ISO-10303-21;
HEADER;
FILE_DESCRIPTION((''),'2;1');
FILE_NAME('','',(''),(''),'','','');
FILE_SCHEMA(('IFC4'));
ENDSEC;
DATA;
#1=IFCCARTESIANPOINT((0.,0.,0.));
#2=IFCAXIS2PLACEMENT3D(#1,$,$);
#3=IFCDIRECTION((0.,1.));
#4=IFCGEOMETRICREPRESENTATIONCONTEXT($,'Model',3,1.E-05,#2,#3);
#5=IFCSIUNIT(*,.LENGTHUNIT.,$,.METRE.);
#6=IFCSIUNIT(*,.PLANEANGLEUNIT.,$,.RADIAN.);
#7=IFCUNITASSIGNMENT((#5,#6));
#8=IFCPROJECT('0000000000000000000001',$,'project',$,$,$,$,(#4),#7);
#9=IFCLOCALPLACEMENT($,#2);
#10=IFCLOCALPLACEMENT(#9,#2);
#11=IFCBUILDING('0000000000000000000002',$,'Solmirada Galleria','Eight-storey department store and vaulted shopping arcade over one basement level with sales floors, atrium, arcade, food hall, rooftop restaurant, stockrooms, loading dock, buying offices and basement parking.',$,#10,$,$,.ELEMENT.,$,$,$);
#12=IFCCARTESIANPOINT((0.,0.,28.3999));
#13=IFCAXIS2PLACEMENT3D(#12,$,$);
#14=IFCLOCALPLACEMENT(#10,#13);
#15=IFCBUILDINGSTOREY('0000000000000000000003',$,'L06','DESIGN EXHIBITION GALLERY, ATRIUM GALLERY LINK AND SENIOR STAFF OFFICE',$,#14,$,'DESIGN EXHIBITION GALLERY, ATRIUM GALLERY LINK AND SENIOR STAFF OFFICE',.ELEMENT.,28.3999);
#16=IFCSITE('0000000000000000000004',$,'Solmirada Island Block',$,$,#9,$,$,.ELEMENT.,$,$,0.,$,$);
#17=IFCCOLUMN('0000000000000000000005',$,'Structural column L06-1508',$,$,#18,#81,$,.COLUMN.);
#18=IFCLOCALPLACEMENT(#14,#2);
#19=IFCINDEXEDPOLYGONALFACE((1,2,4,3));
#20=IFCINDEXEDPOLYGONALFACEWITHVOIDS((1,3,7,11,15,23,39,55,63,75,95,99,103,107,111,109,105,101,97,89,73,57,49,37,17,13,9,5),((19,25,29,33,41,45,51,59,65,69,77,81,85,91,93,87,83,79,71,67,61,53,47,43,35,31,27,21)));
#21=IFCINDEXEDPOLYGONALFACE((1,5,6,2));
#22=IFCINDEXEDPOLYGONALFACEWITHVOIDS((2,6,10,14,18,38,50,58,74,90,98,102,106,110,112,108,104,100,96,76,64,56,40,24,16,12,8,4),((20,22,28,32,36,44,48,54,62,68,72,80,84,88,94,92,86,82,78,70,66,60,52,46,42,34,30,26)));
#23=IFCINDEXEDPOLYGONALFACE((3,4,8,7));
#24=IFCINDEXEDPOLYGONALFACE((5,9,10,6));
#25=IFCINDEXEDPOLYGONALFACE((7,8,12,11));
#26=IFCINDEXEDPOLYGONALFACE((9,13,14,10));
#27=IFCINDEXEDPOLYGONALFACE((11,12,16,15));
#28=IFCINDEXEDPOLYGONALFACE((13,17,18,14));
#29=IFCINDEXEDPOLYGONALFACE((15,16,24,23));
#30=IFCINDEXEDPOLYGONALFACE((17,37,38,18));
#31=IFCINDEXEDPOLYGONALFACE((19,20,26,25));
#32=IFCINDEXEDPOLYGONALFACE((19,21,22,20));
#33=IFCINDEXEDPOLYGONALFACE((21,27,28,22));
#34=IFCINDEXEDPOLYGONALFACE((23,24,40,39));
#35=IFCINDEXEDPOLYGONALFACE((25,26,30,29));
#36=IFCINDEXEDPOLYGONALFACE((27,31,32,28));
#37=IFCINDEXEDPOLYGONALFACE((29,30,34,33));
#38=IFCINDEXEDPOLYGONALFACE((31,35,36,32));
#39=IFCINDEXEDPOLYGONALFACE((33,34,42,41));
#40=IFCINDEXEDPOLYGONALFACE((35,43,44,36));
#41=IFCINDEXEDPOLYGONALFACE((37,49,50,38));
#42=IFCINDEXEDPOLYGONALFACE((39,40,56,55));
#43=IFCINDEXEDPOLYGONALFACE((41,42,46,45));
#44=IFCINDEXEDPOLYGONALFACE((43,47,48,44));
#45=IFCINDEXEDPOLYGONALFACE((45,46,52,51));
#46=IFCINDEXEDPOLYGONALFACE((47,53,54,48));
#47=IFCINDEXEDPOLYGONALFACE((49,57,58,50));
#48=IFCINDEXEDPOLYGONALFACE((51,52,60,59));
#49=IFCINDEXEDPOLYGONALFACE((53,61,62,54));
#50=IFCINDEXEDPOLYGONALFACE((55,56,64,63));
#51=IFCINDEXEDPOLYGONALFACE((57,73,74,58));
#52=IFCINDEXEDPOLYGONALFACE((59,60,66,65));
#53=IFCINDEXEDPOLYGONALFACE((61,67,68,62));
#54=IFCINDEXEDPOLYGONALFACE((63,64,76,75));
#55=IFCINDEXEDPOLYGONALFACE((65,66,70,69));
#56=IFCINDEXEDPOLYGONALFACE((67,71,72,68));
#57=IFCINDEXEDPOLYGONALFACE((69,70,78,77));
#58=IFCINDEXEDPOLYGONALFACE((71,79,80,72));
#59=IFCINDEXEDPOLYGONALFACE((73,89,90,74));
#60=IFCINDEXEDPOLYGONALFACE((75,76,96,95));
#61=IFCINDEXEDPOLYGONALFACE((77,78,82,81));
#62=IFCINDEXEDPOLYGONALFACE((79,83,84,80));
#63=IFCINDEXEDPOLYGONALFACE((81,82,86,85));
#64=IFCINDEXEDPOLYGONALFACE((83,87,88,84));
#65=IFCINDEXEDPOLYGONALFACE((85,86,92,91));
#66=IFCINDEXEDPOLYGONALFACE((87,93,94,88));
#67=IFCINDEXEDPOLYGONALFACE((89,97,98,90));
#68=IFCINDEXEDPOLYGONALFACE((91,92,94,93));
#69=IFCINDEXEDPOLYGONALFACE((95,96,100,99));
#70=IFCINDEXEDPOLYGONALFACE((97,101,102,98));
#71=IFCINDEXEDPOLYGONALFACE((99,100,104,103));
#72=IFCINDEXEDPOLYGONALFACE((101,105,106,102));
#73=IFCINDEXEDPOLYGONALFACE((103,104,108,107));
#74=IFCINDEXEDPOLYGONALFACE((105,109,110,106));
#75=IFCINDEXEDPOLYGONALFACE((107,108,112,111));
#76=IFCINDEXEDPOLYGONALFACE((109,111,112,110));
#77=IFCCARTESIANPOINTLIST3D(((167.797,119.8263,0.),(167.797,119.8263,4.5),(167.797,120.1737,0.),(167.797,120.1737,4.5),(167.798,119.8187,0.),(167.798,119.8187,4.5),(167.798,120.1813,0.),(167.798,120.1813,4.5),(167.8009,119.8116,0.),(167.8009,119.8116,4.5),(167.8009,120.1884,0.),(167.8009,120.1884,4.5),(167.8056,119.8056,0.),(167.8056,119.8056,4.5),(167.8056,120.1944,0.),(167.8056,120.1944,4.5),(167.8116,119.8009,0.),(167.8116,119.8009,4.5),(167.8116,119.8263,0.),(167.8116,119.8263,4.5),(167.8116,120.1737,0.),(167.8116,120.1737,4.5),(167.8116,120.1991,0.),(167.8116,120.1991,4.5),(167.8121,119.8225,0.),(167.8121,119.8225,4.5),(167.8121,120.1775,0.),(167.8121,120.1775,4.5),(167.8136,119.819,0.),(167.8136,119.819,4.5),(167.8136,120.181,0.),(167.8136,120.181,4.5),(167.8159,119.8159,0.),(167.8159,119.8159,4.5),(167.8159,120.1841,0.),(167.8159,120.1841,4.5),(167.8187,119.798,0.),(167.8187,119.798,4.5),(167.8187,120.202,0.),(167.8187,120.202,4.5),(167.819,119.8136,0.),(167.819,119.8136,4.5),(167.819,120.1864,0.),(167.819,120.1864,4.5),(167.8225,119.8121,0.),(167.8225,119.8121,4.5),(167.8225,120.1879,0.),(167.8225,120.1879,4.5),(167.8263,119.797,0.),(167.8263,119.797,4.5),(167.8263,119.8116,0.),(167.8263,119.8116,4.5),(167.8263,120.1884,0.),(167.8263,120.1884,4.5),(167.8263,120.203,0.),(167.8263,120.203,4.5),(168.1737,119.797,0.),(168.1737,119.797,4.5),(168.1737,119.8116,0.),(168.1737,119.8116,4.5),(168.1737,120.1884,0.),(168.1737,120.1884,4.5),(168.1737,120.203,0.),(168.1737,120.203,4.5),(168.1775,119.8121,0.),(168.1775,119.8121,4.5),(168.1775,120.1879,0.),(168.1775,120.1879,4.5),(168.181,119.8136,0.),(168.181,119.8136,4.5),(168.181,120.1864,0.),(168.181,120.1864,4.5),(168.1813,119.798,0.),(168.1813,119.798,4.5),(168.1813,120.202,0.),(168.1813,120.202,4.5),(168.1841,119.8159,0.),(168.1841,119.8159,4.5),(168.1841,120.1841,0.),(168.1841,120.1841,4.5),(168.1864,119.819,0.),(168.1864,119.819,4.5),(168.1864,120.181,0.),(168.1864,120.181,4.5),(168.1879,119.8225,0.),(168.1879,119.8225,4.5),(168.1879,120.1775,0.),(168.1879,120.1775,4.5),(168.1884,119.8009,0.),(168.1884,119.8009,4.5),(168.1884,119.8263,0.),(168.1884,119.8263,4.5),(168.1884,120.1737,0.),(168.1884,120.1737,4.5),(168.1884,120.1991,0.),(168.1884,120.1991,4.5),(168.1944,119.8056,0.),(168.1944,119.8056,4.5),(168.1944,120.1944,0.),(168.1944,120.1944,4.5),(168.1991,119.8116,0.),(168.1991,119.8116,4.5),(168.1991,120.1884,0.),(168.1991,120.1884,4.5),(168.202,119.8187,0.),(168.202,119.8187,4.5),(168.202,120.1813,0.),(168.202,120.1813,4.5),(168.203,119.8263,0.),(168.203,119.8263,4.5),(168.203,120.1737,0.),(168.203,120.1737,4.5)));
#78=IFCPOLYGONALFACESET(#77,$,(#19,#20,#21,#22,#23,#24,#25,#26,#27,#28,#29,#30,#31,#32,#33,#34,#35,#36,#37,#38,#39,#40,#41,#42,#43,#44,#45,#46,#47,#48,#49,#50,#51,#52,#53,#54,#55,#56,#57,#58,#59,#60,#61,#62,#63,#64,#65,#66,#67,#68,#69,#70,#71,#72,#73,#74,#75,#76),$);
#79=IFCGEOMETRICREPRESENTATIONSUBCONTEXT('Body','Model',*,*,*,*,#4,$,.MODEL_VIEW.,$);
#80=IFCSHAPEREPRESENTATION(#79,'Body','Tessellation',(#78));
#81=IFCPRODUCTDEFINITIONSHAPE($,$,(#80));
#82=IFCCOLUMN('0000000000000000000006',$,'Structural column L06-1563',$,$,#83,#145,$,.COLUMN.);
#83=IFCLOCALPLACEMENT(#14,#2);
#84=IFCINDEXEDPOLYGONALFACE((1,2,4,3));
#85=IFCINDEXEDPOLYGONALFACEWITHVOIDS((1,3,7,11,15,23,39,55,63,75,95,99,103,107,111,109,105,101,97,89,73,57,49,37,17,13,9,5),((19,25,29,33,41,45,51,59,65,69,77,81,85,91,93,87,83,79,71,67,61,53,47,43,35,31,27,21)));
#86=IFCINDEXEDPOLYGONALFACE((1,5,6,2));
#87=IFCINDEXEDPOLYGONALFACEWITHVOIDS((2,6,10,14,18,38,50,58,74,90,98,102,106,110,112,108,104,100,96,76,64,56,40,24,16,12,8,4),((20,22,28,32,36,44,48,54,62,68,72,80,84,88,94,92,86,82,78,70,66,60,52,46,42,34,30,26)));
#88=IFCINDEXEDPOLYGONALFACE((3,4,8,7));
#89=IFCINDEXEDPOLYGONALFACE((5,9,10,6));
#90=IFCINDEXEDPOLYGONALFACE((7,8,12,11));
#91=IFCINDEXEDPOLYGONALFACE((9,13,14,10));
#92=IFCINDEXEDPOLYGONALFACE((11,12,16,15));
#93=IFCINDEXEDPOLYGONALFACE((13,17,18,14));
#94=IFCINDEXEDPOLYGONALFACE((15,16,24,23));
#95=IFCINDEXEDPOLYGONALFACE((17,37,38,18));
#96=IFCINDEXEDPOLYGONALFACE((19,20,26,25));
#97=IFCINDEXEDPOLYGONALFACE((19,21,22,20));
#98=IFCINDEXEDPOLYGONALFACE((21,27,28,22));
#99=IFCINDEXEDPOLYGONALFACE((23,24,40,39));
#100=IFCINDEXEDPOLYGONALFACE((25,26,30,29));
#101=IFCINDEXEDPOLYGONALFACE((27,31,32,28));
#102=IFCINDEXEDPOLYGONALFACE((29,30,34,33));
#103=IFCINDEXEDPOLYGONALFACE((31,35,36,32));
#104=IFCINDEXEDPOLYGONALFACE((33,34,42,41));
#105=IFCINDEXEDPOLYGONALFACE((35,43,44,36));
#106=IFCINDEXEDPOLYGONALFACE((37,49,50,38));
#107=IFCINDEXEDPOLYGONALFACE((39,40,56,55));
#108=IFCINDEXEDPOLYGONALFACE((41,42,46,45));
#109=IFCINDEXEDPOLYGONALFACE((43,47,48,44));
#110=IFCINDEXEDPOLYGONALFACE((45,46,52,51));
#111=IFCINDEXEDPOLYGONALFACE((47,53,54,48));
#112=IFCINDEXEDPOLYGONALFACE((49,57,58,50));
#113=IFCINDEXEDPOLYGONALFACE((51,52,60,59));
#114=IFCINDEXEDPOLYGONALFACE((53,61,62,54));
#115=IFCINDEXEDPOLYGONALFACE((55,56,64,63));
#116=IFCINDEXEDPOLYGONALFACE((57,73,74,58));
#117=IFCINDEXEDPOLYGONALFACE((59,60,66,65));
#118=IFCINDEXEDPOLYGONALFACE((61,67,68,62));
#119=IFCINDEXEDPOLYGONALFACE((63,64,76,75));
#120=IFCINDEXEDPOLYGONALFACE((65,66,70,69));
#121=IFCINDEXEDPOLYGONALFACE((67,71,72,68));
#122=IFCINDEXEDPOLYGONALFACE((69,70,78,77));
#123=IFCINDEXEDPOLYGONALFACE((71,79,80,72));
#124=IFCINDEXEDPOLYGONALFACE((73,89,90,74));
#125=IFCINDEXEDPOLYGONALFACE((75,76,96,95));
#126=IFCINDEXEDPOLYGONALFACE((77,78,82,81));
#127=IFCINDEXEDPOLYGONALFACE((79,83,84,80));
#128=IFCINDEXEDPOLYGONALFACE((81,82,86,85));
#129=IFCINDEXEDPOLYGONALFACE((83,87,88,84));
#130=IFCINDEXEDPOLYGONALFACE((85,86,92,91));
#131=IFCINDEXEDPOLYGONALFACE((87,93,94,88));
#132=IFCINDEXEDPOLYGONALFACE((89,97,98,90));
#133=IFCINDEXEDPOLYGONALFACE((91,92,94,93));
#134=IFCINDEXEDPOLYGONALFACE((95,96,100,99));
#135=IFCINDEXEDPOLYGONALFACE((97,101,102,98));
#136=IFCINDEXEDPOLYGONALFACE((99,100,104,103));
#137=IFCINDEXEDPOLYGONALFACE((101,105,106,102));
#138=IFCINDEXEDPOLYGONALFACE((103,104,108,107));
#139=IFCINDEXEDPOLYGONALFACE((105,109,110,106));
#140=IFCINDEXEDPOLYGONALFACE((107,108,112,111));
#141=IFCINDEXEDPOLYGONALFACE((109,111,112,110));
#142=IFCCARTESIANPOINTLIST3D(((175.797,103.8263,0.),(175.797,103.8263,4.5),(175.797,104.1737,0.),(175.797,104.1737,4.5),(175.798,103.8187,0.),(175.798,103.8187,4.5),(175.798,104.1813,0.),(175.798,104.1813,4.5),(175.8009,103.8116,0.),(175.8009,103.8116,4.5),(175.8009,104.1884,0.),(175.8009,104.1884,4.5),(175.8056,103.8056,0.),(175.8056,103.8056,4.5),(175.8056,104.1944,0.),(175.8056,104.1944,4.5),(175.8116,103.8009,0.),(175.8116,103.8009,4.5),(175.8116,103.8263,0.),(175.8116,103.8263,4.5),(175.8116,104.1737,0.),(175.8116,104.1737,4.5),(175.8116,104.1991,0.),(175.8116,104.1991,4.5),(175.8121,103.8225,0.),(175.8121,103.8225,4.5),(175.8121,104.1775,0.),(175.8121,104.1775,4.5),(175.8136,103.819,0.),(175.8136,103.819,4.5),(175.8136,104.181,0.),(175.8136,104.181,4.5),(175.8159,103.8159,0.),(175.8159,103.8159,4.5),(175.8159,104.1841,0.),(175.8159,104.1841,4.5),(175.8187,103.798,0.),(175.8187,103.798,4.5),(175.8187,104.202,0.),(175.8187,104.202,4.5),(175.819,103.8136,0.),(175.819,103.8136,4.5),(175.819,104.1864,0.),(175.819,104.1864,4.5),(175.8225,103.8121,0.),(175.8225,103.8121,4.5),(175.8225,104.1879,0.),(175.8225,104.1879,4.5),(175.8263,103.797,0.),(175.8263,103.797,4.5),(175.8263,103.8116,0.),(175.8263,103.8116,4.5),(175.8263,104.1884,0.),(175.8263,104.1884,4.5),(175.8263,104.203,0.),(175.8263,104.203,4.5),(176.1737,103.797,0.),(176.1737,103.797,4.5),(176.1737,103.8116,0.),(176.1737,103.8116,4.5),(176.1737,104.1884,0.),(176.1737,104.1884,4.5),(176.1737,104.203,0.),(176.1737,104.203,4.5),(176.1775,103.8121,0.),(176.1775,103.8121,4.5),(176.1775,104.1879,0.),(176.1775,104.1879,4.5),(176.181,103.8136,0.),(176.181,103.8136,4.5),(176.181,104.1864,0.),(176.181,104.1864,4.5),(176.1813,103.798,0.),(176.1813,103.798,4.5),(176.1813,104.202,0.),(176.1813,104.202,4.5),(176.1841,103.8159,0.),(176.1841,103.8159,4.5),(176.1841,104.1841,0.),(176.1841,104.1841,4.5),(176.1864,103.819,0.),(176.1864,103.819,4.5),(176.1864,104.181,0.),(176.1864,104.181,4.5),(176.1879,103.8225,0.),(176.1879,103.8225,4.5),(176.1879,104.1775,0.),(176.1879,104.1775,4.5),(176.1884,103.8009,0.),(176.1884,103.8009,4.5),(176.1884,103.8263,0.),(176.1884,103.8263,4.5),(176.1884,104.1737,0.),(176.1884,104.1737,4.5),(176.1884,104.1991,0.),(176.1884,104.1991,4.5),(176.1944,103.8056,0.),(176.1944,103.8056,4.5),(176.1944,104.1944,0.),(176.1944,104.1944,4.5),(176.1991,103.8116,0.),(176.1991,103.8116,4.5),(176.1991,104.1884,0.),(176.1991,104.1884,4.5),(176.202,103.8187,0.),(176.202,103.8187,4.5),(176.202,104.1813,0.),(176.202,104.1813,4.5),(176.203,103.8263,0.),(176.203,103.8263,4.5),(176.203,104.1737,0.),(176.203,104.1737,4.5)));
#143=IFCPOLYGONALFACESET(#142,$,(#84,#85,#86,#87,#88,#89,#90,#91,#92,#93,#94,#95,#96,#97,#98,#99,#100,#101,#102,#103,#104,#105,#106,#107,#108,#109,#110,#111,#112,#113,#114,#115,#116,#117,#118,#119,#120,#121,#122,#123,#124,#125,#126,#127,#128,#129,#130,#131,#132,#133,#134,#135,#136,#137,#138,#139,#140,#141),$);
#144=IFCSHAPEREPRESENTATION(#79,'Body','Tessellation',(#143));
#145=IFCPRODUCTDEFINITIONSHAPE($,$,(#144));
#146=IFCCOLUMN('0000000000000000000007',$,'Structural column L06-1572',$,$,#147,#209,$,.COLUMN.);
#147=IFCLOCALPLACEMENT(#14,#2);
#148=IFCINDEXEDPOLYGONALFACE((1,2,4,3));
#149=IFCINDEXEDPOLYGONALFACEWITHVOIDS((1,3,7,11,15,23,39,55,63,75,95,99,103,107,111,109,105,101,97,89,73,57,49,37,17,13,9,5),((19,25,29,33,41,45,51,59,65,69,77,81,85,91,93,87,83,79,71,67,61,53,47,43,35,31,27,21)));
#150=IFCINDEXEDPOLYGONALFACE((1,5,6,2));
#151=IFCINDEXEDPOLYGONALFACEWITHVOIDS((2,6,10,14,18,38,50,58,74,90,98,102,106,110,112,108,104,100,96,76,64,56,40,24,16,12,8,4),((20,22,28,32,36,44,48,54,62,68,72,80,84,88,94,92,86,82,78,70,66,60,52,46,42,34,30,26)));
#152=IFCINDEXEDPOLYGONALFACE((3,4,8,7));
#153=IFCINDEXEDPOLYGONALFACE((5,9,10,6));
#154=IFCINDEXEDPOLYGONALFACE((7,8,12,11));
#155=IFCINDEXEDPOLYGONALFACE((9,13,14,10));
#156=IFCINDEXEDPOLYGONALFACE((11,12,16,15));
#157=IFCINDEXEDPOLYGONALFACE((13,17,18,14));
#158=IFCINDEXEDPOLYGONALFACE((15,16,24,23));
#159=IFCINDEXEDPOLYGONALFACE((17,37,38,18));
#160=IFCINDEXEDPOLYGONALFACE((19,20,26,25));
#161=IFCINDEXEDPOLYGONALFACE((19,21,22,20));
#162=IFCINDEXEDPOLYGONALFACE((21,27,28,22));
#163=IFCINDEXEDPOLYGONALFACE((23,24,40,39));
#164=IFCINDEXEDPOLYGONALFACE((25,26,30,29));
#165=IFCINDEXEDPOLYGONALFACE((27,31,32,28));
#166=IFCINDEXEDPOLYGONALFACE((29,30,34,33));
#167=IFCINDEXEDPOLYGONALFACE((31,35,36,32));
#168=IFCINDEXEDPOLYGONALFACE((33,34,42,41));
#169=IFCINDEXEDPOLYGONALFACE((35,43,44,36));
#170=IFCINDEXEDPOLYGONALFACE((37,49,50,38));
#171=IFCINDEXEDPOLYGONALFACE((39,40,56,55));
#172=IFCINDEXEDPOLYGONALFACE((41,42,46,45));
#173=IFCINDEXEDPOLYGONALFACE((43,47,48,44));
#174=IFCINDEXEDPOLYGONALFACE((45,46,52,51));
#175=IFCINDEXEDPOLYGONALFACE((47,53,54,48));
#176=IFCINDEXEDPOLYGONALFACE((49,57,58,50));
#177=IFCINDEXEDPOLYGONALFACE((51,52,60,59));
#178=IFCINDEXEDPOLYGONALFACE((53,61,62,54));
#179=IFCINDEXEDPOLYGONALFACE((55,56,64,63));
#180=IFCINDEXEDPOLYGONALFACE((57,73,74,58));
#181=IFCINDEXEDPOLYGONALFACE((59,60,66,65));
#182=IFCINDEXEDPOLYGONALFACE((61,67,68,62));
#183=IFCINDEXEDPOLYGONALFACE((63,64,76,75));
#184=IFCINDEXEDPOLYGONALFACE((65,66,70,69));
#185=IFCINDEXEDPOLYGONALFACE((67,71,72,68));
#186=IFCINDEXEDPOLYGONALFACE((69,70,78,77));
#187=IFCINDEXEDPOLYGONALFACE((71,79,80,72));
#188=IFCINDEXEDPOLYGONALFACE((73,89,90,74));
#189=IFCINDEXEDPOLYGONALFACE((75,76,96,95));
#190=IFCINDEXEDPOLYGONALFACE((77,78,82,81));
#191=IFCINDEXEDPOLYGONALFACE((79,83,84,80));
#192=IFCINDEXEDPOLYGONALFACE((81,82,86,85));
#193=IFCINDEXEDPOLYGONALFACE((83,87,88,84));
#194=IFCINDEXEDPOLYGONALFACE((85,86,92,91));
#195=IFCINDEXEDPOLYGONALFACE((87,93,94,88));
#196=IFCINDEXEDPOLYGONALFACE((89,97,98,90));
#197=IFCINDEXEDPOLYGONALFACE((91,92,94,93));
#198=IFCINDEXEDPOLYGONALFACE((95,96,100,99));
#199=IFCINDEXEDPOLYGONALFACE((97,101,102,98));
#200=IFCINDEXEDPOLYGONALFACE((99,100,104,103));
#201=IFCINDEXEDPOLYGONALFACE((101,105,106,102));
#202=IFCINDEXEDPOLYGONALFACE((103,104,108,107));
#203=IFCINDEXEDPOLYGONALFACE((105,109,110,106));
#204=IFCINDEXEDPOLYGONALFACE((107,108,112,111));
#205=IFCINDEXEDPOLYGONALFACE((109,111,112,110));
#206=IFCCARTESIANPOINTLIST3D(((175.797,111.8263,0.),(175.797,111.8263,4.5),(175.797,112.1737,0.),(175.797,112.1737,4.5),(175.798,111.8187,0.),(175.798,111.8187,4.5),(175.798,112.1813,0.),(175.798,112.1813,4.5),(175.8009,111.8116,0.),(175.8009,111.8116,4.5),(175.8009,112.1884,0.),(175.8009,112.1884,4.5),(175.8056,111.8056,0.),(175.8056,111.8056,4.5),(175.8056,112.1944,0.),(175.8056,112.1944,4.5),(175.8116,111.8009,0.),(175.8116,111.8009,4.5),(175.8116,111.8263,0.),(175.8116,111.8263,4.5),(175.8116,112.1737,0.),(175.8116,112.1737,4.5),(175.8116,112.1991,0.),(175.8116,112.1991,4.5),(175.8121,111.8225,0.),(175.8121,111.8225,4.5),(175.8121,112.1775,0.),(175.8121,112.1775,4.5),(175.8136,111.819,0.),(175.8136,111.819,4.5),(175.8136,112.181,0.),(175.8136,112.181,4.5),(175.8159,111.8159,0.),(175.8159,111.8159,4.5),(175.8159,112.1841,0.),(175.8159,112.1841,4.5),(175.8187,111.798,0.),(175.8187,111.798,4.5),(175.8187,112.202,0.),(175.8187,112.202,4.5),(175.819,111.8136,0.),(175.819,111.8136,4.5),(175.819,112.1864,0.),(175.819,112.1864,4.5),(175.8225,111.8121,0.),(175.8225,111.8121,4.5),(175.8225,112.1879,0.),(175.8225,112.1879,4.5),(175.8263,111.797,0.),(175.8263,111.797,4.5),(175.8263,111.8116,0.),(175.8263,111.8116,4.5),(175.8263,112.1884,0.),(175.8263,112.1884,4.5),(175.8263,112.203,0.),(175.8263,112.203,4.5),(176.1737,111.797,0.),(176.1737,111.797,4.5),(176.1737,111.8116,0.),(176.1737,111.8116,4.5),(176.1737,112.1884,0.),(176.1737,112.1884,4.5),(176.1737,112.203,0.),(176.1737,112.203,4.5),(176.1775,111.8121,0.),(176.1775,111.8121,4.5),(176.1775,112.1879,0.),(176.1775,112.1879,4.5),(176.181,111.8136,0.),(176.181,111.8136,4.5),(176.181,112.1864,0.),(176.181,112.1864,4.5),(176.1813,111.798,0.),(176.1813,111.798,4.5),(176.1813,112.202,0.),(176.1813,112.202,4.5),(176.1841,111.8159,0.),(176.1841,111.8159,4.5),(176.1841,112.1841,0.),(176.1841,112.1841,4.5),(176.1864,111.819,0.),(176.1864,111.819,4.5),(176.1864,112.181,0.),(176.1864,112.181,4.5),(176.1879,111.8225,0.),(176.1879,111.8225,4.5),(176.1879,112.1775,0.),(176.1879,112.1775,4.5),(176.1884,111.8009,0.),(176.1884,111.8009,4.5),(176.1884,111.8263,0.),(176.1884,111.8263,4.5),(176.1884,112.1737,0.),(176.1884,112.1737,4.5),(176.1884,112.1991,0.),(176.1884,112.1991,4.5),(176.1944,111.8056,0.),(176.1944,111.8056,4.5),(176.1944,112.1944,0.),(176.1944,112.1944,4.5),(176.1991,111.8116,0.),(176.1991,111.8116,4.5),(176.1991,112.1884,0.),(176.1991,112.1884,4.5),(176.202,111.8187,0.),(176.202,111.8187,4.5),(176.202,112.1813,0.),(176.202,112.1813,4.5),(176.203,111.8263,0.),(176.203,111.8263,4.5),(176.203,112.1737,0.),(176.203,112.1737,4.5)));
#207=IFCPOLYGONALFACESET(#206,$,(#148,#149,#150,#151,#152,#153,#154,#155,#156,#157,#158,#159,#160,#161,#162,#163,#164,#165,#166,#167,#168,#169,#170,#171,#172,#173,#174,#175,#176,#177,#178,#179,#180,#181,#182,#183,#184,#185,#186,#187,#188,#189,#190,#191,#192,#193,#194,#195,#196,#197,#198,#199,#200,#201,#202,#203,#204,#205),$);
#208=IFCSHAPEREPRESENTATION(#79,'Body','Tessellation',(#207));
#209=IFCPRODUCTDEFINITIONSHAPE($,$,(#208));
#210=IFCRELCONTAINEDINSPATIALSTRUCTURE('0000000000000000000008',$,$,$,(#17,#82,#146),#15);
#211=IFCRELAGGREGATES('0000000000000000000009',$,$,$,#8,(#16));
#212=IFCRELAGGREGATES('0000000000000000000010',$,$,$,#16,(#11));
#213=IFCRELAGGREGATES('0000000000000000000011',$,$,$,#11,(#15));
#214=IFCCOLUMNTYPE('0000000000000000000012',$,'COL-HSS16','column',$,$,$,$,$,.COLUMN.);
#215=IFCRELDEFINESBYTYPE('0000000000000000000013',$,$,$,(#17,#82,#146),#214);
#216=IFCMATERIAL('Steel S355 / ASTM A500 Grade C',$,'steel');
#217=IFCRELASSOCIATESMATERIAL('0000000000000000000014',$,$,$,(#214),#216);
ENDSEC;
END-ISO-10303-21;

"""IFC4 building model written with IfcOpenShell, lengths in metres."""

from ifc_helpers import new_model, si_unit, direction, frame, origin, origin_2d, place, context, subcontext, project, spatial, hollow_rectangle, extrude, material, material_profile, profile_set, type_object, element, save


model = new_model("IFC4")

# Units and contexts
model_context = context("Model", 3, precision=1e-05, world=origin(), true_north=direction((0.0, 1.0)))
body_context = subcontext(model_context, "Body", "Model", "MODEL_VIEW")
ifc_project = project(units=[si_unit("LENGTHUNIT", "METRE"), si_unit("PLANEANGLEUNIT", "RADIAN")], contexts=[model_context])

# Site, building, storey
site_placement = place(None, origin())
site = spatial("IfcSite", under=ifc_project, at=site_placement, Name="Solmirada Island Block", CompositionType="ELEMENT", RefElevation=0.0)
building_placement = place(site_placement, origin())
building = spatial("IfcBuilding", under=site, at=building_placement, Name="Solmirada Galleria", Description="Eight-storey department store and vaulted shopping arcade over one basement level with sales floors, atrium, arcade, food hall, rooftop restaurant, stockrooms, loading dock, buying offices and basement parking.", CompositionType="ELEMENT")
storey_placement = place(building_placement, frame((0.0, 0.0, 28.3999)))
storey = spatial("IfcBuildingStorey", under=building, at=storey_placement, Name="L06", Description="DESIGN EXHIBITION GALLERY, ATRIUM GALLERY LINK AND SENIOR STAFF OFFICE", LongName="DESIGN EXHIBITION GALLERY, ATRIUM GALLERY LINK AND SENIOR STAFF OFFICE", CompositionType="ELEMENT", Elevation=28.3999)

# Columns
ifc_material_1 = material(Name="Steel S355 / ASTM A500 Grade C", Category="steel")
ifc_material_profile_1 = material_profile(ifc_material_1, hollow_rectangle(XDim=0.406, YDim=0.406, WallThickness=0.0146, InnerFilletRadius=0.0146, OuterFilletRadius=0.0293, at=origin_2d()), Name="HSS16X16X5/8")
ifc_profile_set_1 = profile_set([ifc_material_profile_1], Name="Steel S355 / ASTM A500 Grade C")
column_type_1 = type_object("IfcColumnType", Name="COL-HSS16", Description="column", PredefinedType="COLUMN", material=ifc_profile_set_1)
for number, where, z_axis, x_axis, name in (
    (1, (168.0, 120.0, 0.0), (0.0, 0.0, 1.0), (1.0, 0.0, 0.0), "Structural column L06-1508"),
    (2, (176.0, 104.0, 0.0), (0.0, 0.0, 1.0), (1.0, 0.0, 0.0), "Structural column L06-1563"),
    (3, (176.0, 112.0, 0.0), (0.0, 0.0, 1.0), (1.0, 0.0, 0.0), "Structural column L06-1572"),
):
    element("IfcColumn", number, at=place(storey_placement, frame(where, z_axis=z_axis, x_axis=x_axis)), inside=storey, type_object=column_type_1, Name=name, PredefinedType="COLUMN", context=body_context, shape_type="SweptSolid", body=[
        extrude(hollow_rectangle(XDim=0.406, YDim=0.406, WallThickness=0.0146, InnerFilletRadius=0.0146, OuterFilletRadius=0.0293, at=origin_2d()), origin(), (0.0, 0.0, 1.0), 4.5),
    ])

save(model, "model.ifc")
